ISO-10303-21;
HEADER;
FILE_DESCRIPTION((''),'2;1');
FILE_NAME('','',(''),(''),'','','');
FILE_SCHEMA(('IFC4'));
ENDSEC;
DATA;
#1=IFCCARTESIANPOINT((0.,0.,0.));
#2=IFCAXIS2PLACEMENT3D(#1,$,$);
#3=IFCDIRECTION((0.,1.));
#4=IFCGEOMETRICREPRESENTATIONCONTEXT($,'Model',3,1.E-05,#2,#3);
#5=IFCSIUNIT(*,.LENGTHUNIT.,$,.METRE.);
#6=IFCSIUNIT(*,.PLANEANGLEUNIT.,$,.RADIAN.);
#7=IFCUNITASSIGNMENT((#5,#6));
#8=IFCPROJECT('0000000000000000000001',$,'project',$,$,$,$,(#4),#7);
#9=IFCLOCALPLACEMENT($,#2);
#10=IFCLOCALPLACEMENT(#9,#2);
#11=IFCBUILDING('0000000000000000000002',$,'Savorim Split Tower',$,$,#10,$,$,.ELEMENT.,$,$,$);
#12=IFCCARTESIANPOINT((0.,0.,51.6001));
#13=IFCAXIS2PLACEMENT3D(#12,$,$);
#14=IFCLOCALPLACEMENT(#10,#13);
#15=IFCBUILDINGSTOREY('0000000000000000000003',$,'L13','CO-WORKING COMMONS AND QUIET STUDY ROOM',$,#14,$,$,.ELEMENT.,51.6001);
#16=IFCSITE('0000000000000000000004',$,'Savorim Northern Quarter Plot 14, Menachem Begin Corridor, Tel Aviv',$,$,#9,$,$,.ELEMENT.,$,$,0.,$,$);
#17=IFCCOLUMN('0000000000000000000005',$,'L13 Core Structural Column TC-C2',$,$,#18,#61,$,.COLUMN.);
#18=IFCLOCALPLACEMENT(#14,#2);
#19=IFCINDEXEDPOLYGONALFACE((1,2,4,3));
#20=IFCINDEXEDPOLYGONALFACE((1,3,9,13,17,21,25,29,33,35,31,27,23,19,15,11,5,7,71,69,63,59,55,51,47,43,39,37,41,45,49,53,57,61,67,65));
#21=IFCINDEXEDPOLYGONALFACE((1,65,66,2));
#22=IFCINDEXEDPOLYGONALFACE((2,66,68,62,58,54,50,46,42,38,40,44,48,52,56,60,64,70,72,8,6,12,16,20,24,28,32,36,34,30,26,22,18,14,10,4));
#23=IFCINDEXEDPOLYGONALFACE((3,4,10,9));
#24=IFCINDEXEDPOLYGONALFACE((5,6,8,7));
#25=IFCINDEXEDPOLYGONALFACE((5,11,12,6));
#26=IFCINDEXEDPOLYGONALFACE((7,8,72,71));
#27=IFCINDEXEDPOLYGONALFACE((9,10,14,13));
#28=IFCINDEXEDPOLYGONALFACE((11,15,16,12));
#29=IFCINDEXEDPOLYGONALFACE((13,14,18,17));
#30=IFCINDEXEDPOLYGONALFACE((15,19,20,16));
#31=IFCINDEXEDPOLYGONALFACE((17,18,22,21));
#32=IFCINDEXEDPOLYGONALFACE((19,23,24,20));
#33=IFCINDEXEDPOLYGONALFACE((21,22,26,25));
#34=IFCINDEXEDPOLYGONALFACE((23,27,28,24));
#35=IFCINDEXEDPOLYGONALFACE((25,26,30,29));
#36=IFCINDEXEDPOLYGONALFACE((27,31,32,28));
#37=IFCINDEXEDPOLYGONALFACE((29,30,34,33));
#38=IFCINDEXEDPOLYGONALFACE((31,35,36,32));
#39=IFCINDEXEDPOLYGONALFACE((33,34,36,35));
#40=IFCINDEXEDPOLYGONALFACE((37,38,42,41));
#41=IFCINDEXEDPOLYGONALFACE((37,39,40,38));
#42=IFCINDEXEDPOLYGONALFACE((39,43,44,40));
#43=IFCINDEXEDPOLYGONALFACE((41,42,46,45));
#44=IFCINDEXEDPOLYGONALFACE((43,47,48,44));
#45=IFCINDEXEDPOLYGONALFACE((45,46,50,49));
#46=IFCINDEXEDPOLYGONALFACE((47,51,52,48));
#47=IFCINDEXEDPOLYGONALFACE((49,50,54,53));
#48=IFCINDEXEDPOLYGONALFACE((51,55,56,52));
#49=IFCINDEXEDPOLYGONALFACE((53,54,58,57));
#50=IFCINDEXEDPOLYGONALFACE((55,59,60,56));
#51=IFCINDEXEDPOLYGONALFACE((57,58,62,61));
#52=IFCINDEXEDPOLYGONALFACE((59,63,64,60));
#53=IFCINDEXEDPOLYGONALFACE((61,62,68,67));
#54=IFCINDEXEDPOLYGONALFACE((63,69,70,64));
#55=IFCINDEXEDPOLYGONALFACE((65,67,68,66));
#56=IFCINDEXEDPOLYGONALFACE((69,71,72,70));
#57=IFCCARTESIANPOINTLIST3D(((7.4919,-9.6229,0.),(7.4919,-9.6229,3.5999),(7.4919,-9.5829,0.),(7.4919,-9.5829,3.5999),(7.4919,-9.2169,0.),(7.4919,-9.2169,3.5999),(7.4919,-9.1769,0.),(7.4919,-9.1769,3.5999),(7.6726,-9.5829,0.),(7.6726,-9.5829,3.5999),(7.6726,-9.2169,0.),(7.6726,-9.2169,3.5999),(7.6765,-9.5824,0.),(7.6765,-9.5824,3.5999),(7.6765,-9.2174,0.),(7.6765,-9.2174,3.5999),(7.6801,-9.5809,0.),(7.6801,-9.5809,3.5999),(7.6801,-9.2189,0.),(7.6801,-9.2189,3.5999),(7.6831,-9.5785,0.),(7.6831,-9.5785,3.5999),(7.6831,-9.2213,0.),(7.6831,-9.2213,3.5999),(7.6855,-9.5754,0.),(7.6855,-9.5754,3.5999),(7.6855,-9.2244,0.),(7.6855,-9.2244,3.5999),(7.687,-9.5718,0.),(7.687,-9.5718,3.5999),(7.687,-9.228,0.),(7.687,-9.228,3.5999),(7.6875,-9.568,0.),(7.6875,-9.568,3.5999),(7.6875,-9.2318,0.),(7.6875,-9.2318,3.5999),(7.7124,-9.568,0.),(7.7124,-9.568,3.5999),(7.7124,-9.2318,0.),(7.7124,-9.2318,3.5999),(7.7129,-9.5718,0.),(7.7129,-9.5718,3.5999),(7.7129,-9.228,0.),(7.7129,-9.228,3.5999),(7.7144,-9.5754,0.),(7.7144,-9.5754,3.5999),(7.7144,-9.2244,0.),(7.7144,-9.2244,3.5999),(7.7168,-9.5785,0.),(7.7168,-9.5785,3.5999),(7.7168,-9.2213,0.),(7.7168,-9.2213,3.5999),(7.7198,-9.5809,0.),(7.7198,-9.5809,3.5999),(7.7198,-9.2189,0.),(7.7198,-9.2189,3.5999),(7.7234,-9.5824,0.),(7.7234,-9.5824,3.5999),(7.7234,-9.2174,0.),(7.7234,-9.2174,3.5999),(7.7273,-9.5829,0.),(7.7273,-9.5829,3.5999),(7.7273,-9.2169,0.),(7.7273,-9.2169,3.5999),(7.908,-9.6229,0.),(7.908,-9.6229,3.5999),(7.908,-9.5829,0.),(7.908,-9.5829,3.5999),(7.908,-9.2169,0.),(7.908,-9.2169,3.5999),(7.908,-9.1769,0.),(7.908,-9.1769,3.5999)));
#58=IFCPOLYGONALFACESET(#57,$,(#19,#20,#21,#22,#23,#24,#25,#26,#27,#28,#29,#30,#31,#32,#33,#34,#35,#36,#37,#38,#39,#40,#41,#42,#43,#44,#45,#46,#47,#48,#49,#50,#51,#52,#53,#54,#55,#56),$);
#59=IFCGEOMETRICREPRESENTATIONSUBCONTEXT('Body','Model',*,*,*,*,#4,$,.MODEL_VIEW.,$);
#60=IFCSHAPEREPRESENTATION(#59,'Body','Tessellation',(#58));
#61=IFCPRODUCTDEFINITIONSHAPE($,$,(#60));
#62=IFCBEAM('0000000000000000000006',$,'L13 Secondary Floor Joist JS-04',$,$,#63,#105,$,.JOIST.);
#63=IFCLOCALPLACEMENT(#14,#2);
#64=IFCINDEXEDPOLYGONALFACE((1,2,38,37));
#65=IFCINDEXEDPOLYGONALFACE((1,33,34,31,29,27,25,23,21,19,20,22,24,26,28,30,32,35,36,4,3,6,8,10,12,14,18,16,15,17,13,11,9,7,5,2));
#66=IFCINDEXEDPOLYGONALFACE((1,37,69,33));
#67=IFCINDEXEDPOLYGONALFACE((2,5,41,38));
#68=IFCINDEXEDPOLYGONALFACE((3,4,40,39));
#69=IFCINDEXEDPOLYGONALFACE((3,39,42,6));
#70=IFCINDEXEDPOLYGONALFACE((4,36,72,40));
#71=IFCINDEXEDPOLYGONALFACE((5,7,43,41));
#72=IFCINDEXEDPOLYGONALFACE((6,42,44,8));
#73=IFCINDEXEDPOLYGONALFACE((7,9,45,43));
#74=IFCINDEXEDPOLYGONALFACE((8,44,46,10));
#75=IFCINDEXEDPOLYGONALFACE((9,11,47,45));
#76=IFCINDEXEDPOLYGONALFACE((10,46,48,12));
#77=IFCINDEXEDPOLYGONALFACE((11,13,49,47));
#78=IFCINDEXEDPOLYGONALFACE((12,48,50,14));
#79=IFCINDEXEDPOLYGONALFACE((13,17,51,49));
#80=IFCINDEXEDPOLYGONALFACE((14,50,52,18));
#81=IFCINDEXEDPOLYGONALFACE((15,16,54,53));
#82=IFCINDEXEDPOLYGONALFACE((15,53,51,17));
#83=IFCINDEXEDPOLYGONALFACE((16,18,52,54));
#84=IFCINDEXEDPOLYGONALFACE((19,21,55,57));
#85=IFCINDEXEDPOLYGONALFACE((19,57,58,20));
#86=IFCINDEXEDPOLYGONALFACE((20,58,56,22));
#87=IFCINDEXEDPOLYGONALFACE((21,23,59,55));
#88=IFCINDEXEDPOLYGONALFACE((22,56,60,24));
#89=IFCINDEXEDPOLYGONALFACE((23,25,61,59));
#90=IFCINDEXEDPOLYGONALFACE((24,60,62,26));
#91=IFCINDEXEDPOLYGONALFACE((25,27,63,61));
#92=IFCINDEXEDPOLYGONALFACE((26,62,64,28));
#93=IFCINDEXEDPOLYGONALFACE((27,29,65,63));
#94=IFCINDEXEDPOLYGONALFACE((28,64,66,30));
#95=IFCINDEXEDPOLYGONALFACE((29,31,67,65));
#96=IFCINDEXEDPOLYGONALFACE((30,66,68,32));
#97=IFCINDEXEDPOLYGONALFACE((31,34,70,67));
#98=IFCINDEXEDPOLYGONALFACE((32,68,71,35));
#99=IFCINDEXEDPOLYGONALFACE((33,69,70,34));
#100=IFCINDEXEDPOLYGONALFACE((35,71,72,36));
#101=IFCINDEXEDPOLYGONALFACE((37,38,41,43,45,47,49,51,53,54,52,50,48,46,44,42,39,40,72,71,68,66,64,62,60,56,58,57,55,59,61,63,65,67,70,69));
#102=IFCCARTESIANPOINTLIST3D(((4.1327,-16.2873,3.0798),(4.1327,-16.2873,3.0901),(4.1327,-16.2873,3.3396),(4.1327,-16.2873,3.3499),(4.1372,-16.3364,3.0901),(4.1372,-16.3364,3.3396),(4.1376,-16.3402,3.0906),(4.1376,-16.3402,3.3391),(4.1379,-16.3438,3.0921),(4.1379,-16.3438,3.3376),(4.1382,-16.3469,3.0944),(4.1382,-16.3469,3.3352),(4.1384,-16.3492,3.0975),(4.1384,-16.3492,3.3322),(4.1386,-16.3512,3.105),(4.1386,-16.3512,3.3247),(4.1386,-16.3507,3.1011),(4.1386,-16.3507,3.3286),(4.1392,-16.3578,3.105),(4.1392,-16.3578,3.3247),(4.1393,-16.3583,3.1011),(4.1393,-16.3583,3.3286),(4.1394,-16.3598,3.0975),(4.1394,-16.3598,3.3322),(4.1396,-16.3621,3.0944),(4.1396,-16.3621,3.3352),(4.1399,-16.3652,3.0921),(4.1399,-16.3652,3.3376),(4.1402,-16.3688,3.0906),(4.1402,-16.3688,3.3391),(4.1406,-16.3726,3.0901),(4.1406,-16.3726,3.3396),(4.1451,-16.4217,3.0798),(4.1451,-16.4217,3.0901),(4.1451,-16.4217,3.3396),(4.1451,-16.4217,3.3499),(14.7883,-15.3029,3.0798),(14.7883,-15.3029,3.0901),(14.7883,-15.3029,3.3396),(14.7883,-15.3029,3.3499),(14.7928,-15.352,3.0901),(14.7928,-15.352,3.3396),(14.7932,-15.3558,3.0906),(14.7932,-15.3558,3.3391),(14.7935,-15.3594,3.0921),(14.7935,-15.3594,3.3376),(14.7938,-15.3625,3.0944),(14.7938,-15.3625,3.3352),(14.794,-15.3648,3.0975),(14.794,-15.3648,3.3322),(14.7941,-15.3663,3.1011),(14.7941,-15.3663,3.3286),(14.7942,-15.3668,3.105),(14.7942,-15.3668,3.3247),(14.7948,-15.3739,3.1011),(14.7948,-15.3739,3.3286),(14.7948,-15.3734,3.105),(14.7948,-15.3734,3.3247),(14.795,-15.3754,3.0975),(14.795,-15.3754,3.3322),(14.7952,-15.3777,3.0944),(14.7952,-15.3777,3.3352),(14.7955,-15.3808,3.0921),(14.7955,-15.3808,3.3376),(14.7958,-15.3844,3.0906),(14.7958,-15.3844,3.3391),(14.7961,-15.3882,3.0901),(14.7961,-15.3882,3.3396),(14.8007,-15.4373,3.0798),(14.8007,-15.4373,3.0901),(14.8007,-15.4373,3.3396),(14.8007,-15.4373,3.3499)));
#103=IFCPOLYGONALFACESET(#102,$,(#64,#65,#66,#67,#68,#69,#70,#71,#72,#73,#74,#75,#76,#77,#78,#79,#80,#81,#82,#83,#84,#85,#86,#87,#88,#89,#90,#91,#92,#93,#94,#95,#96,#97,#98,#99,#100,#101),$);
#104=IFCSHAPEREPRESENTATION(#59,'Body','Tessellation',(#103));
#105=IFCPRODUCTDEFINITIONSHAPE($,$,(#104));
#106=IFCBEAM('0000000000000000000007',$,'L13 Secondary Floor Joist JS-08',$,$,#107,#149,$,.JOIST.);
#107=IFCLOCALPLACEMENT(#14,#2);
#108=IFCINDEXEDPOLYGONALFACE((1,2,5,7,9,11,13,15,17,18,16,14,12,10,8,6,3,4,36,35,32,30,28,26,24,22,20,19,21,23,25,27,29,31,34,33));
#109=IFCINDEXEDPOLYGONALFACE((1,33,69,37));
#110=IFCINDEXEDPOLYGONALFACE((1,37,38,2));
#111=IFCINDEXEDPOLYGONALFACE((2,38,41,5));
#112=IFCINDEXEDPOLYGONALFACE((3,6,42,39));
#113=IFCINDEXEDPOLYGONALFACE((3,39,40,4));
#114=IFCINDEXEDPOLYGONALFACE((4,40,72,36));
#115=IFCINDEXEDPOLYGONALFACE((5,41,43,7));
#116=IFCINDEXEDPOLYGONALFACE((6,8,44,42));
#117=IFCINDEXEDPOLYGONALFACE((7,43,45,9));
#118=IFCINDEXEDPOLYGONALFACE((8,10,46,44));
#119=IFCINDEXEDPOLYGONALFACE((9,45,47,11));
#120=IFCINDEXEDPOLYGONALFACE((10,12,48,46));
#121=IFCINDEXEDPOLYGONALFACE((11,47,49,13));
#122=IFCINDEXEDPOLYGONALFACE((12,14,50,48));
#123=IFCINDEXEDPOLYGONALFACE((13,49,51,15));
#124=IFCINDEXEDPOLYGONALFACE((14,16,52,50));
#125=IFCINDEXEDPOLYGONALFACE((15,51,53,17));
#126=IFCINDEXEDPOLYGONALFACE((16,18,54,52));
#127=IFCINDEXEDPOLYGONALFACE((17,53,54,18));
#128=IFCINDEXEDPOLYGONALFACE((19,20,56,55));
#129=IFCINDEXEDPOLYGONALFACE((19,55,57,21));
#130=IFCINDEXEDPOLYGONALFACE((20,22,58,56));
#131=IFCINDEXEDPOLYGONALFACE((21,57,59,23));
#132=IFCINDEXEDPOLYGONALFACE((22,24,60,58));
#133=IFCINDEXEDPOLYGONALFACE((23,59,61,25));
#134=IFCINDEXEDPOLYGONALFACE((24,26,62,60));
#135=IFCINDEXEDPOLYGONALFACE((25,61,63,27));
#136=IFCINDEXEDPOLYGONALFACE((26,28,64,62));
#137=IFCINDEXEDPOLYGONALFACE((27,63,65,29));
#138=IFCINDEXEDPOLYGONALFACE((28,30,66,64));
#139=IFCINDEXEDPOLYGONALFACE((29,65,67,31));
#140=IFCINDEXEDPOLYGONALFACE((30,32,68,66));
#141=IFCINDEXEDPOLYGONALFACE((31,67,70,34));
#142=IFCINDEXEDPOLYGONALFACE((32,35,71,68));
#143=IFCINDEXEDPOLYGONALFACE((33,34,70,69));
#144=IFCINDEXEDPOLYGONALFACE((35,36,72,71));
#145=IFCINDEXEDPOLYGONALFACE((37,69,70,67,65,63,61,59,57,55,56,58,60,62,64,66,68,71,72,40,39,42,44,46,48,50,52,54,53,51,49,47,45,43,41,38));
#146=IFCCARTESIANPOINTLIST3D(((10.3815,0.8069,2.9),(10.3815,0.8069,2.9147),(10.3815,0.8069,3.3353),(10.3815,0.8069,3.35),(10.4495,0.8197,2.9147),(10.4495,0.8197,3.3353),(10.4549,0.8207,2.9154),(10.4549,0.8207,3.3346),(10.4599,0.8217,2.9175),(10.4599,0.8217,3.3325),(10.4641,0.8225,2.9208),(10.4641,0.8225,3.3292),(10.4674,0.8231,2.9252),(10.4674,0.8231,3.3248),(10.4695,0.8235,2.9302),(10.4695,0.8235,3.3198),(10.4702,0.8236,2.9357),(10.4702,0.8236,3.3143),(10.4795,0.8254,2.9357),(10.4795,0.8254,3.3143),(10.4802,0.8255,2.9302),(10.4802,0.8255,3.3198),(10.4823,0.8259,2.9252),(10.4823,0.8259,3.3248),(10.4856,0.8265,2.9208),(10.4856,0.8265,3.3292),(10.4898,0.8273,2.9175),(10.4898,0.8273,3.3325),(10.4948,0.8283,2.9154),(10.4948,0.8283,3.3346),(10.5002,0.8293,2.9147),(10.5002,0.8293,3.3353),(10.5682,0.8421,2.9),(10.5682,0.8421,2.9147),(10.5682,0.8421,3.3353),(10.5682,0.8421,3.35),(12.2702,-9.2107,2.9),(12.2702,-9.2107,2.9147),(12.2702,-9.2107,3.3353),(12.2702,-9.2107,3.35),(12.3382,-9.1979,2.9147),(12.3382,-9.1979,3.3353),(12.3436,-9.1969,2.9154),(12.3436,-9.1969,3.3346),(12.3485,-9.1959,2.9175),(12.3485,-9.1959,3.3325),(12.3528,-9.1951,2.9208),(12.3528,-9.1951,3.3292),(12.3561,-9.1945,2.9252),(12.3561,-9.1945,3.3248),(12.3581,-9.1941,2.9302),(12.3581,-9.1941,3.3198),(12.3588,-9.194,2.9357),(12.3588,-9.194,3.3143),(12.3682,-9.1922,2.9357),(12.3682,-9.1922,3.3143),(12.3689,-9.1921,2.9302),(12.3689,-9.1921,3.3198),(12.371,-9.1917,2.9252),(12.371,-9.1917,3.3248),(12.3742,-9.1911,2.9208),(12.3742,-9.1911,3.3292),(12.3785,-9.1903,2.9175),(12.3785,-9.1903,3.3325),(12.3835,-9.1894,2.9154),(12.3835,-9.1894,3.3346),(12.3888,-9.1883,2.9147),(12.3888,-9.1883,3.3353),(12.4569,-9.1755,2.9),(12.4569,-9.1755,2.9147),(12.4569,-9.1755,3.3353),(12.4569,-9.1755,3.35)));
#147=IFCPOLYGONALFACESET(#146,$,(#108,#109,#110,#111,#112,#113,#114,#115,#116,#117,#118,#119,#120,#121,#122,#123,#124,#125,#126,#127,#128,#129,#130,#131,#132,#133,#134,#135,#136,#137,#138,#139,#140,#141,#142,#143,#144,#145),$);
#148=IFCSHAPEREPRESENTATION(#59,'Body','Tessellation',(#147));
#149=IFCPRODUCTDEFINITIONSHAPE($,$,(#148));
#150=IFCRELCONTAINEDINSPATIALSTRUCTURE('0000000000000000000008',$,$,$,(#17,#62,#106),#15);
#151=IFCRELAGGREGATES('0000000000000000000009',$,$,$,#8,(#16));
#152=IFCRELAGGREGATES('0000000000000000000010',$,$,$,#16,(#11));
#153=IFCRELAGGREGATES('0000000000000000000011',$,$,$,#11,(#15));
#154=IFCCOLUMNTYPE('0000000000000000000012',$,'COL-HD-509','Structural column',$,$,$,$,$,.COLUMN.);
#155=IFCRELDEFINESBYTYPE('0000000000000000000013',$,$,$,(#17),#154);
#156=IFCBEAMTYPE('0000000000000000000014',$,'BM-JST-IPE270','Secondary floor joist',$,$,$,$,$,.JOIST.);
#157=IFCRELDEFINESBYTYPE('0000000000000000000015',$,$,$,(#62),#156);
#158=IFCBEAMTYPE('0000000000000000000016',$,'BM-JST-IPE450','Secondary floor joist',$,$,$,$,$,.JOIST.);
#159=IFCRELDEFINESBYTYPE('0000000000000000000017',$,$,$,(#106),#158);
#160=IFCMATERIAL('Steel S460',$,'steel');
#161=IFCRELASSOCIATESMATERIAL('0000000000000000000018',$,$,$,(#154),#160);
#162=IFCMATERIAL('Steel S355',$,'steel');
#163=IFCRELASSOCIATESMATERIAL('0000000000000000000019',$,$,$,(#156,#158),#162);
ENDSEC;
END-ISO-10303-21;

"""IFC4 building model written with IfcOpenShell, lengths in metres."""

from ifc_helpers import new_model, si_unit, direction, frame, origin, origin_2d, place, context, subcontext, project, spatial, i_section, extrude, material, material_profile, profile_set, type_object, element, save


model = new_model("IFC4")

# Units and contexts
model_context = context("Model", 3, precision=1e-05, world=origin(), true_north=direction((0.0, 1.0)))
body_context = subcontext(model_context, "Body", "Model", "MODEL_VIEW")
ifc_project = project(units=[si_unit("LENGTHUNIT", "METRE"), si_unit("PLANEANGLEUNIT", "RADIAN")], contexts=[model_context])

# Site, building, storey
site_placement = place(None, origin())
site = spatial("IfcSite", under=ifc_project, at=site_placement, Name="Savorim Northern Quarter Plot 14, Menachem Begin Corridor, Tel Aviv", CompositionType="ELEMENT", RefElevation=0.0)
building_placement = place(site_placement, origin())
building = spatial("IfcBuilding", under=site, at=building_placement, Name="Savorim Split Tower", CompositionType="ELEMENT")
storey_placement = place(building_placement, frame((0.0, 0.0, 51.6001)))
storey = spatial("IfcBuildingStorey", under=building, at=storey_placement, Name="L13", Description="CO-WORKING COMMONS AND QUIET STUDY ROOM", CompositionType="ELEMENT", Elevation=51.6001)

# Column
ifc_material_1 = material(Name="Steel S460", Category="steel")
ifc_material_profile_1 = material_profile(ifc_material_1, i_section(OverallWidth=0.416, OverallDepth=0.446, WebThickness=0.0249, FlangeThickness=0.04, FilletRadius=0.0149, at=origin_2d()), Name="HD 400x509")
ifc_profile_set_1 = profile_set([ifc_material_profile_1], Name="Steel S460")
column_type = type_object("IfcColumnType", Name="COL-HD-509", Description="Structural column", PredefinedType="COLUMN", material=ifc_profile_set_1)
column_placement = place(storey_placement, frame((7.7, -9.3999, 0.0), z_axis=(0.0, 0.0, 1.0), x_axis=(1.0, 0.0, 0.0)))
element("IfcColumn", 1, at=column_placement, inside=storey, type_object=column_type, Name="L13 Core Structural Column TC-C2", PredefinedType="COLUMN", context=body_context, shape_type="SweptSolid", body=[
    extrude(i_section(OverallWidth=0.416, OverallDepth=0.446, WebThickness=0.0249, FlangeThickness=0.04, FilletRadius=0.0149, at=origin_2d()), origin(), (0.0, 0.0, 1.0), 3.5999),
])

# Beams
ifc_material_2 = material(Name="Steel S355", Category="steel")
ifc_material_profile_2 = material_profile(ifc_material_2, i_section(OverallWidth=0.135, OverallDepth=0.27, WebThickness=0.0066, FlangeThickness=0.0103, FilletRadius=0.0149, at=origin_2d()), Name="IPE 270")
ifc_profile_set_2 = profile_set([ifc_material_profile_2], Name="Steel S355")
beam_type_1 = type_object("IfcBeamType", Name="BM-JST-IPE270", Description="Secondary floor joist", PredefinedType="JOIST", material=ifc_profile_set_2)
beam_1_placement = place(storey_placement, frame((4.1389, -16.3545, 3.2148), z_axis=(0.99576, 0.09199, 0.0), x_axis=(-0.09199, 0.99576, 0.0)))
element("IfcBeam", 2, at=beam_1_placement, inside=storey, type_object=beam_type_1, Name="L13 Secondary Floor Joist JS-04", PredefinedType="JOIST", context=body_context, shape_type="SweptSolid", body=[
    extrude(i_section(OverallWidth=0.135, OverallDepth=0.27, WebThickness=0.0066, FlangeThickness=0.0103, FilletRadius=0.0149, at=origin_2d()), origin(), (0.0, 0.0, 1.0), 10.7009),
])
ifc_material_profile_3 = material_profile(ifc_material_2, i_section(OverallWidth=0.1899, OverallDepth=0.45, WebThickness=0.0095, FlangeThickness=0.0146, FilletRadius=0.021, at=origin_2d()), Name="IPE 450")
ifc_profile_set_3 = profile_set([ifc_material_profile_3], Name="Steel S355")
beam_type_2 = type_object("IfcBeamType", Name="BM-JST-IPE450", Description="Secondary floor joist", PredefinedType="JOIST", material=ifc_profile_set_3)
beam_2_placement = place(storey_placement, frame((12.3635, -9.1931, 3.125), z_axis=(-0.185272, 0.982687, 0.0), x_axis=(-0.982687, -0.185272, 0.0)))
element("IfcBeam", 3, at=beam_2_placement, inside=storey, type_object=beam_type_2, Name="L13 Secondary Floor Joist JS-08", PredefinedType="JOIST", context=body_context, shape_type="SweptSolid", body=[
    extrude(i_section(OverallWidth=0.1899, OverallDepth=0.45, WebThickness=0.0095, FlangeThickness=0.0146, FilletRadius=0.021, at=origin_2d()), origin(), (0.0, 0.0, 1.0), 10.1941),
])

save(model, "model.ifc")
